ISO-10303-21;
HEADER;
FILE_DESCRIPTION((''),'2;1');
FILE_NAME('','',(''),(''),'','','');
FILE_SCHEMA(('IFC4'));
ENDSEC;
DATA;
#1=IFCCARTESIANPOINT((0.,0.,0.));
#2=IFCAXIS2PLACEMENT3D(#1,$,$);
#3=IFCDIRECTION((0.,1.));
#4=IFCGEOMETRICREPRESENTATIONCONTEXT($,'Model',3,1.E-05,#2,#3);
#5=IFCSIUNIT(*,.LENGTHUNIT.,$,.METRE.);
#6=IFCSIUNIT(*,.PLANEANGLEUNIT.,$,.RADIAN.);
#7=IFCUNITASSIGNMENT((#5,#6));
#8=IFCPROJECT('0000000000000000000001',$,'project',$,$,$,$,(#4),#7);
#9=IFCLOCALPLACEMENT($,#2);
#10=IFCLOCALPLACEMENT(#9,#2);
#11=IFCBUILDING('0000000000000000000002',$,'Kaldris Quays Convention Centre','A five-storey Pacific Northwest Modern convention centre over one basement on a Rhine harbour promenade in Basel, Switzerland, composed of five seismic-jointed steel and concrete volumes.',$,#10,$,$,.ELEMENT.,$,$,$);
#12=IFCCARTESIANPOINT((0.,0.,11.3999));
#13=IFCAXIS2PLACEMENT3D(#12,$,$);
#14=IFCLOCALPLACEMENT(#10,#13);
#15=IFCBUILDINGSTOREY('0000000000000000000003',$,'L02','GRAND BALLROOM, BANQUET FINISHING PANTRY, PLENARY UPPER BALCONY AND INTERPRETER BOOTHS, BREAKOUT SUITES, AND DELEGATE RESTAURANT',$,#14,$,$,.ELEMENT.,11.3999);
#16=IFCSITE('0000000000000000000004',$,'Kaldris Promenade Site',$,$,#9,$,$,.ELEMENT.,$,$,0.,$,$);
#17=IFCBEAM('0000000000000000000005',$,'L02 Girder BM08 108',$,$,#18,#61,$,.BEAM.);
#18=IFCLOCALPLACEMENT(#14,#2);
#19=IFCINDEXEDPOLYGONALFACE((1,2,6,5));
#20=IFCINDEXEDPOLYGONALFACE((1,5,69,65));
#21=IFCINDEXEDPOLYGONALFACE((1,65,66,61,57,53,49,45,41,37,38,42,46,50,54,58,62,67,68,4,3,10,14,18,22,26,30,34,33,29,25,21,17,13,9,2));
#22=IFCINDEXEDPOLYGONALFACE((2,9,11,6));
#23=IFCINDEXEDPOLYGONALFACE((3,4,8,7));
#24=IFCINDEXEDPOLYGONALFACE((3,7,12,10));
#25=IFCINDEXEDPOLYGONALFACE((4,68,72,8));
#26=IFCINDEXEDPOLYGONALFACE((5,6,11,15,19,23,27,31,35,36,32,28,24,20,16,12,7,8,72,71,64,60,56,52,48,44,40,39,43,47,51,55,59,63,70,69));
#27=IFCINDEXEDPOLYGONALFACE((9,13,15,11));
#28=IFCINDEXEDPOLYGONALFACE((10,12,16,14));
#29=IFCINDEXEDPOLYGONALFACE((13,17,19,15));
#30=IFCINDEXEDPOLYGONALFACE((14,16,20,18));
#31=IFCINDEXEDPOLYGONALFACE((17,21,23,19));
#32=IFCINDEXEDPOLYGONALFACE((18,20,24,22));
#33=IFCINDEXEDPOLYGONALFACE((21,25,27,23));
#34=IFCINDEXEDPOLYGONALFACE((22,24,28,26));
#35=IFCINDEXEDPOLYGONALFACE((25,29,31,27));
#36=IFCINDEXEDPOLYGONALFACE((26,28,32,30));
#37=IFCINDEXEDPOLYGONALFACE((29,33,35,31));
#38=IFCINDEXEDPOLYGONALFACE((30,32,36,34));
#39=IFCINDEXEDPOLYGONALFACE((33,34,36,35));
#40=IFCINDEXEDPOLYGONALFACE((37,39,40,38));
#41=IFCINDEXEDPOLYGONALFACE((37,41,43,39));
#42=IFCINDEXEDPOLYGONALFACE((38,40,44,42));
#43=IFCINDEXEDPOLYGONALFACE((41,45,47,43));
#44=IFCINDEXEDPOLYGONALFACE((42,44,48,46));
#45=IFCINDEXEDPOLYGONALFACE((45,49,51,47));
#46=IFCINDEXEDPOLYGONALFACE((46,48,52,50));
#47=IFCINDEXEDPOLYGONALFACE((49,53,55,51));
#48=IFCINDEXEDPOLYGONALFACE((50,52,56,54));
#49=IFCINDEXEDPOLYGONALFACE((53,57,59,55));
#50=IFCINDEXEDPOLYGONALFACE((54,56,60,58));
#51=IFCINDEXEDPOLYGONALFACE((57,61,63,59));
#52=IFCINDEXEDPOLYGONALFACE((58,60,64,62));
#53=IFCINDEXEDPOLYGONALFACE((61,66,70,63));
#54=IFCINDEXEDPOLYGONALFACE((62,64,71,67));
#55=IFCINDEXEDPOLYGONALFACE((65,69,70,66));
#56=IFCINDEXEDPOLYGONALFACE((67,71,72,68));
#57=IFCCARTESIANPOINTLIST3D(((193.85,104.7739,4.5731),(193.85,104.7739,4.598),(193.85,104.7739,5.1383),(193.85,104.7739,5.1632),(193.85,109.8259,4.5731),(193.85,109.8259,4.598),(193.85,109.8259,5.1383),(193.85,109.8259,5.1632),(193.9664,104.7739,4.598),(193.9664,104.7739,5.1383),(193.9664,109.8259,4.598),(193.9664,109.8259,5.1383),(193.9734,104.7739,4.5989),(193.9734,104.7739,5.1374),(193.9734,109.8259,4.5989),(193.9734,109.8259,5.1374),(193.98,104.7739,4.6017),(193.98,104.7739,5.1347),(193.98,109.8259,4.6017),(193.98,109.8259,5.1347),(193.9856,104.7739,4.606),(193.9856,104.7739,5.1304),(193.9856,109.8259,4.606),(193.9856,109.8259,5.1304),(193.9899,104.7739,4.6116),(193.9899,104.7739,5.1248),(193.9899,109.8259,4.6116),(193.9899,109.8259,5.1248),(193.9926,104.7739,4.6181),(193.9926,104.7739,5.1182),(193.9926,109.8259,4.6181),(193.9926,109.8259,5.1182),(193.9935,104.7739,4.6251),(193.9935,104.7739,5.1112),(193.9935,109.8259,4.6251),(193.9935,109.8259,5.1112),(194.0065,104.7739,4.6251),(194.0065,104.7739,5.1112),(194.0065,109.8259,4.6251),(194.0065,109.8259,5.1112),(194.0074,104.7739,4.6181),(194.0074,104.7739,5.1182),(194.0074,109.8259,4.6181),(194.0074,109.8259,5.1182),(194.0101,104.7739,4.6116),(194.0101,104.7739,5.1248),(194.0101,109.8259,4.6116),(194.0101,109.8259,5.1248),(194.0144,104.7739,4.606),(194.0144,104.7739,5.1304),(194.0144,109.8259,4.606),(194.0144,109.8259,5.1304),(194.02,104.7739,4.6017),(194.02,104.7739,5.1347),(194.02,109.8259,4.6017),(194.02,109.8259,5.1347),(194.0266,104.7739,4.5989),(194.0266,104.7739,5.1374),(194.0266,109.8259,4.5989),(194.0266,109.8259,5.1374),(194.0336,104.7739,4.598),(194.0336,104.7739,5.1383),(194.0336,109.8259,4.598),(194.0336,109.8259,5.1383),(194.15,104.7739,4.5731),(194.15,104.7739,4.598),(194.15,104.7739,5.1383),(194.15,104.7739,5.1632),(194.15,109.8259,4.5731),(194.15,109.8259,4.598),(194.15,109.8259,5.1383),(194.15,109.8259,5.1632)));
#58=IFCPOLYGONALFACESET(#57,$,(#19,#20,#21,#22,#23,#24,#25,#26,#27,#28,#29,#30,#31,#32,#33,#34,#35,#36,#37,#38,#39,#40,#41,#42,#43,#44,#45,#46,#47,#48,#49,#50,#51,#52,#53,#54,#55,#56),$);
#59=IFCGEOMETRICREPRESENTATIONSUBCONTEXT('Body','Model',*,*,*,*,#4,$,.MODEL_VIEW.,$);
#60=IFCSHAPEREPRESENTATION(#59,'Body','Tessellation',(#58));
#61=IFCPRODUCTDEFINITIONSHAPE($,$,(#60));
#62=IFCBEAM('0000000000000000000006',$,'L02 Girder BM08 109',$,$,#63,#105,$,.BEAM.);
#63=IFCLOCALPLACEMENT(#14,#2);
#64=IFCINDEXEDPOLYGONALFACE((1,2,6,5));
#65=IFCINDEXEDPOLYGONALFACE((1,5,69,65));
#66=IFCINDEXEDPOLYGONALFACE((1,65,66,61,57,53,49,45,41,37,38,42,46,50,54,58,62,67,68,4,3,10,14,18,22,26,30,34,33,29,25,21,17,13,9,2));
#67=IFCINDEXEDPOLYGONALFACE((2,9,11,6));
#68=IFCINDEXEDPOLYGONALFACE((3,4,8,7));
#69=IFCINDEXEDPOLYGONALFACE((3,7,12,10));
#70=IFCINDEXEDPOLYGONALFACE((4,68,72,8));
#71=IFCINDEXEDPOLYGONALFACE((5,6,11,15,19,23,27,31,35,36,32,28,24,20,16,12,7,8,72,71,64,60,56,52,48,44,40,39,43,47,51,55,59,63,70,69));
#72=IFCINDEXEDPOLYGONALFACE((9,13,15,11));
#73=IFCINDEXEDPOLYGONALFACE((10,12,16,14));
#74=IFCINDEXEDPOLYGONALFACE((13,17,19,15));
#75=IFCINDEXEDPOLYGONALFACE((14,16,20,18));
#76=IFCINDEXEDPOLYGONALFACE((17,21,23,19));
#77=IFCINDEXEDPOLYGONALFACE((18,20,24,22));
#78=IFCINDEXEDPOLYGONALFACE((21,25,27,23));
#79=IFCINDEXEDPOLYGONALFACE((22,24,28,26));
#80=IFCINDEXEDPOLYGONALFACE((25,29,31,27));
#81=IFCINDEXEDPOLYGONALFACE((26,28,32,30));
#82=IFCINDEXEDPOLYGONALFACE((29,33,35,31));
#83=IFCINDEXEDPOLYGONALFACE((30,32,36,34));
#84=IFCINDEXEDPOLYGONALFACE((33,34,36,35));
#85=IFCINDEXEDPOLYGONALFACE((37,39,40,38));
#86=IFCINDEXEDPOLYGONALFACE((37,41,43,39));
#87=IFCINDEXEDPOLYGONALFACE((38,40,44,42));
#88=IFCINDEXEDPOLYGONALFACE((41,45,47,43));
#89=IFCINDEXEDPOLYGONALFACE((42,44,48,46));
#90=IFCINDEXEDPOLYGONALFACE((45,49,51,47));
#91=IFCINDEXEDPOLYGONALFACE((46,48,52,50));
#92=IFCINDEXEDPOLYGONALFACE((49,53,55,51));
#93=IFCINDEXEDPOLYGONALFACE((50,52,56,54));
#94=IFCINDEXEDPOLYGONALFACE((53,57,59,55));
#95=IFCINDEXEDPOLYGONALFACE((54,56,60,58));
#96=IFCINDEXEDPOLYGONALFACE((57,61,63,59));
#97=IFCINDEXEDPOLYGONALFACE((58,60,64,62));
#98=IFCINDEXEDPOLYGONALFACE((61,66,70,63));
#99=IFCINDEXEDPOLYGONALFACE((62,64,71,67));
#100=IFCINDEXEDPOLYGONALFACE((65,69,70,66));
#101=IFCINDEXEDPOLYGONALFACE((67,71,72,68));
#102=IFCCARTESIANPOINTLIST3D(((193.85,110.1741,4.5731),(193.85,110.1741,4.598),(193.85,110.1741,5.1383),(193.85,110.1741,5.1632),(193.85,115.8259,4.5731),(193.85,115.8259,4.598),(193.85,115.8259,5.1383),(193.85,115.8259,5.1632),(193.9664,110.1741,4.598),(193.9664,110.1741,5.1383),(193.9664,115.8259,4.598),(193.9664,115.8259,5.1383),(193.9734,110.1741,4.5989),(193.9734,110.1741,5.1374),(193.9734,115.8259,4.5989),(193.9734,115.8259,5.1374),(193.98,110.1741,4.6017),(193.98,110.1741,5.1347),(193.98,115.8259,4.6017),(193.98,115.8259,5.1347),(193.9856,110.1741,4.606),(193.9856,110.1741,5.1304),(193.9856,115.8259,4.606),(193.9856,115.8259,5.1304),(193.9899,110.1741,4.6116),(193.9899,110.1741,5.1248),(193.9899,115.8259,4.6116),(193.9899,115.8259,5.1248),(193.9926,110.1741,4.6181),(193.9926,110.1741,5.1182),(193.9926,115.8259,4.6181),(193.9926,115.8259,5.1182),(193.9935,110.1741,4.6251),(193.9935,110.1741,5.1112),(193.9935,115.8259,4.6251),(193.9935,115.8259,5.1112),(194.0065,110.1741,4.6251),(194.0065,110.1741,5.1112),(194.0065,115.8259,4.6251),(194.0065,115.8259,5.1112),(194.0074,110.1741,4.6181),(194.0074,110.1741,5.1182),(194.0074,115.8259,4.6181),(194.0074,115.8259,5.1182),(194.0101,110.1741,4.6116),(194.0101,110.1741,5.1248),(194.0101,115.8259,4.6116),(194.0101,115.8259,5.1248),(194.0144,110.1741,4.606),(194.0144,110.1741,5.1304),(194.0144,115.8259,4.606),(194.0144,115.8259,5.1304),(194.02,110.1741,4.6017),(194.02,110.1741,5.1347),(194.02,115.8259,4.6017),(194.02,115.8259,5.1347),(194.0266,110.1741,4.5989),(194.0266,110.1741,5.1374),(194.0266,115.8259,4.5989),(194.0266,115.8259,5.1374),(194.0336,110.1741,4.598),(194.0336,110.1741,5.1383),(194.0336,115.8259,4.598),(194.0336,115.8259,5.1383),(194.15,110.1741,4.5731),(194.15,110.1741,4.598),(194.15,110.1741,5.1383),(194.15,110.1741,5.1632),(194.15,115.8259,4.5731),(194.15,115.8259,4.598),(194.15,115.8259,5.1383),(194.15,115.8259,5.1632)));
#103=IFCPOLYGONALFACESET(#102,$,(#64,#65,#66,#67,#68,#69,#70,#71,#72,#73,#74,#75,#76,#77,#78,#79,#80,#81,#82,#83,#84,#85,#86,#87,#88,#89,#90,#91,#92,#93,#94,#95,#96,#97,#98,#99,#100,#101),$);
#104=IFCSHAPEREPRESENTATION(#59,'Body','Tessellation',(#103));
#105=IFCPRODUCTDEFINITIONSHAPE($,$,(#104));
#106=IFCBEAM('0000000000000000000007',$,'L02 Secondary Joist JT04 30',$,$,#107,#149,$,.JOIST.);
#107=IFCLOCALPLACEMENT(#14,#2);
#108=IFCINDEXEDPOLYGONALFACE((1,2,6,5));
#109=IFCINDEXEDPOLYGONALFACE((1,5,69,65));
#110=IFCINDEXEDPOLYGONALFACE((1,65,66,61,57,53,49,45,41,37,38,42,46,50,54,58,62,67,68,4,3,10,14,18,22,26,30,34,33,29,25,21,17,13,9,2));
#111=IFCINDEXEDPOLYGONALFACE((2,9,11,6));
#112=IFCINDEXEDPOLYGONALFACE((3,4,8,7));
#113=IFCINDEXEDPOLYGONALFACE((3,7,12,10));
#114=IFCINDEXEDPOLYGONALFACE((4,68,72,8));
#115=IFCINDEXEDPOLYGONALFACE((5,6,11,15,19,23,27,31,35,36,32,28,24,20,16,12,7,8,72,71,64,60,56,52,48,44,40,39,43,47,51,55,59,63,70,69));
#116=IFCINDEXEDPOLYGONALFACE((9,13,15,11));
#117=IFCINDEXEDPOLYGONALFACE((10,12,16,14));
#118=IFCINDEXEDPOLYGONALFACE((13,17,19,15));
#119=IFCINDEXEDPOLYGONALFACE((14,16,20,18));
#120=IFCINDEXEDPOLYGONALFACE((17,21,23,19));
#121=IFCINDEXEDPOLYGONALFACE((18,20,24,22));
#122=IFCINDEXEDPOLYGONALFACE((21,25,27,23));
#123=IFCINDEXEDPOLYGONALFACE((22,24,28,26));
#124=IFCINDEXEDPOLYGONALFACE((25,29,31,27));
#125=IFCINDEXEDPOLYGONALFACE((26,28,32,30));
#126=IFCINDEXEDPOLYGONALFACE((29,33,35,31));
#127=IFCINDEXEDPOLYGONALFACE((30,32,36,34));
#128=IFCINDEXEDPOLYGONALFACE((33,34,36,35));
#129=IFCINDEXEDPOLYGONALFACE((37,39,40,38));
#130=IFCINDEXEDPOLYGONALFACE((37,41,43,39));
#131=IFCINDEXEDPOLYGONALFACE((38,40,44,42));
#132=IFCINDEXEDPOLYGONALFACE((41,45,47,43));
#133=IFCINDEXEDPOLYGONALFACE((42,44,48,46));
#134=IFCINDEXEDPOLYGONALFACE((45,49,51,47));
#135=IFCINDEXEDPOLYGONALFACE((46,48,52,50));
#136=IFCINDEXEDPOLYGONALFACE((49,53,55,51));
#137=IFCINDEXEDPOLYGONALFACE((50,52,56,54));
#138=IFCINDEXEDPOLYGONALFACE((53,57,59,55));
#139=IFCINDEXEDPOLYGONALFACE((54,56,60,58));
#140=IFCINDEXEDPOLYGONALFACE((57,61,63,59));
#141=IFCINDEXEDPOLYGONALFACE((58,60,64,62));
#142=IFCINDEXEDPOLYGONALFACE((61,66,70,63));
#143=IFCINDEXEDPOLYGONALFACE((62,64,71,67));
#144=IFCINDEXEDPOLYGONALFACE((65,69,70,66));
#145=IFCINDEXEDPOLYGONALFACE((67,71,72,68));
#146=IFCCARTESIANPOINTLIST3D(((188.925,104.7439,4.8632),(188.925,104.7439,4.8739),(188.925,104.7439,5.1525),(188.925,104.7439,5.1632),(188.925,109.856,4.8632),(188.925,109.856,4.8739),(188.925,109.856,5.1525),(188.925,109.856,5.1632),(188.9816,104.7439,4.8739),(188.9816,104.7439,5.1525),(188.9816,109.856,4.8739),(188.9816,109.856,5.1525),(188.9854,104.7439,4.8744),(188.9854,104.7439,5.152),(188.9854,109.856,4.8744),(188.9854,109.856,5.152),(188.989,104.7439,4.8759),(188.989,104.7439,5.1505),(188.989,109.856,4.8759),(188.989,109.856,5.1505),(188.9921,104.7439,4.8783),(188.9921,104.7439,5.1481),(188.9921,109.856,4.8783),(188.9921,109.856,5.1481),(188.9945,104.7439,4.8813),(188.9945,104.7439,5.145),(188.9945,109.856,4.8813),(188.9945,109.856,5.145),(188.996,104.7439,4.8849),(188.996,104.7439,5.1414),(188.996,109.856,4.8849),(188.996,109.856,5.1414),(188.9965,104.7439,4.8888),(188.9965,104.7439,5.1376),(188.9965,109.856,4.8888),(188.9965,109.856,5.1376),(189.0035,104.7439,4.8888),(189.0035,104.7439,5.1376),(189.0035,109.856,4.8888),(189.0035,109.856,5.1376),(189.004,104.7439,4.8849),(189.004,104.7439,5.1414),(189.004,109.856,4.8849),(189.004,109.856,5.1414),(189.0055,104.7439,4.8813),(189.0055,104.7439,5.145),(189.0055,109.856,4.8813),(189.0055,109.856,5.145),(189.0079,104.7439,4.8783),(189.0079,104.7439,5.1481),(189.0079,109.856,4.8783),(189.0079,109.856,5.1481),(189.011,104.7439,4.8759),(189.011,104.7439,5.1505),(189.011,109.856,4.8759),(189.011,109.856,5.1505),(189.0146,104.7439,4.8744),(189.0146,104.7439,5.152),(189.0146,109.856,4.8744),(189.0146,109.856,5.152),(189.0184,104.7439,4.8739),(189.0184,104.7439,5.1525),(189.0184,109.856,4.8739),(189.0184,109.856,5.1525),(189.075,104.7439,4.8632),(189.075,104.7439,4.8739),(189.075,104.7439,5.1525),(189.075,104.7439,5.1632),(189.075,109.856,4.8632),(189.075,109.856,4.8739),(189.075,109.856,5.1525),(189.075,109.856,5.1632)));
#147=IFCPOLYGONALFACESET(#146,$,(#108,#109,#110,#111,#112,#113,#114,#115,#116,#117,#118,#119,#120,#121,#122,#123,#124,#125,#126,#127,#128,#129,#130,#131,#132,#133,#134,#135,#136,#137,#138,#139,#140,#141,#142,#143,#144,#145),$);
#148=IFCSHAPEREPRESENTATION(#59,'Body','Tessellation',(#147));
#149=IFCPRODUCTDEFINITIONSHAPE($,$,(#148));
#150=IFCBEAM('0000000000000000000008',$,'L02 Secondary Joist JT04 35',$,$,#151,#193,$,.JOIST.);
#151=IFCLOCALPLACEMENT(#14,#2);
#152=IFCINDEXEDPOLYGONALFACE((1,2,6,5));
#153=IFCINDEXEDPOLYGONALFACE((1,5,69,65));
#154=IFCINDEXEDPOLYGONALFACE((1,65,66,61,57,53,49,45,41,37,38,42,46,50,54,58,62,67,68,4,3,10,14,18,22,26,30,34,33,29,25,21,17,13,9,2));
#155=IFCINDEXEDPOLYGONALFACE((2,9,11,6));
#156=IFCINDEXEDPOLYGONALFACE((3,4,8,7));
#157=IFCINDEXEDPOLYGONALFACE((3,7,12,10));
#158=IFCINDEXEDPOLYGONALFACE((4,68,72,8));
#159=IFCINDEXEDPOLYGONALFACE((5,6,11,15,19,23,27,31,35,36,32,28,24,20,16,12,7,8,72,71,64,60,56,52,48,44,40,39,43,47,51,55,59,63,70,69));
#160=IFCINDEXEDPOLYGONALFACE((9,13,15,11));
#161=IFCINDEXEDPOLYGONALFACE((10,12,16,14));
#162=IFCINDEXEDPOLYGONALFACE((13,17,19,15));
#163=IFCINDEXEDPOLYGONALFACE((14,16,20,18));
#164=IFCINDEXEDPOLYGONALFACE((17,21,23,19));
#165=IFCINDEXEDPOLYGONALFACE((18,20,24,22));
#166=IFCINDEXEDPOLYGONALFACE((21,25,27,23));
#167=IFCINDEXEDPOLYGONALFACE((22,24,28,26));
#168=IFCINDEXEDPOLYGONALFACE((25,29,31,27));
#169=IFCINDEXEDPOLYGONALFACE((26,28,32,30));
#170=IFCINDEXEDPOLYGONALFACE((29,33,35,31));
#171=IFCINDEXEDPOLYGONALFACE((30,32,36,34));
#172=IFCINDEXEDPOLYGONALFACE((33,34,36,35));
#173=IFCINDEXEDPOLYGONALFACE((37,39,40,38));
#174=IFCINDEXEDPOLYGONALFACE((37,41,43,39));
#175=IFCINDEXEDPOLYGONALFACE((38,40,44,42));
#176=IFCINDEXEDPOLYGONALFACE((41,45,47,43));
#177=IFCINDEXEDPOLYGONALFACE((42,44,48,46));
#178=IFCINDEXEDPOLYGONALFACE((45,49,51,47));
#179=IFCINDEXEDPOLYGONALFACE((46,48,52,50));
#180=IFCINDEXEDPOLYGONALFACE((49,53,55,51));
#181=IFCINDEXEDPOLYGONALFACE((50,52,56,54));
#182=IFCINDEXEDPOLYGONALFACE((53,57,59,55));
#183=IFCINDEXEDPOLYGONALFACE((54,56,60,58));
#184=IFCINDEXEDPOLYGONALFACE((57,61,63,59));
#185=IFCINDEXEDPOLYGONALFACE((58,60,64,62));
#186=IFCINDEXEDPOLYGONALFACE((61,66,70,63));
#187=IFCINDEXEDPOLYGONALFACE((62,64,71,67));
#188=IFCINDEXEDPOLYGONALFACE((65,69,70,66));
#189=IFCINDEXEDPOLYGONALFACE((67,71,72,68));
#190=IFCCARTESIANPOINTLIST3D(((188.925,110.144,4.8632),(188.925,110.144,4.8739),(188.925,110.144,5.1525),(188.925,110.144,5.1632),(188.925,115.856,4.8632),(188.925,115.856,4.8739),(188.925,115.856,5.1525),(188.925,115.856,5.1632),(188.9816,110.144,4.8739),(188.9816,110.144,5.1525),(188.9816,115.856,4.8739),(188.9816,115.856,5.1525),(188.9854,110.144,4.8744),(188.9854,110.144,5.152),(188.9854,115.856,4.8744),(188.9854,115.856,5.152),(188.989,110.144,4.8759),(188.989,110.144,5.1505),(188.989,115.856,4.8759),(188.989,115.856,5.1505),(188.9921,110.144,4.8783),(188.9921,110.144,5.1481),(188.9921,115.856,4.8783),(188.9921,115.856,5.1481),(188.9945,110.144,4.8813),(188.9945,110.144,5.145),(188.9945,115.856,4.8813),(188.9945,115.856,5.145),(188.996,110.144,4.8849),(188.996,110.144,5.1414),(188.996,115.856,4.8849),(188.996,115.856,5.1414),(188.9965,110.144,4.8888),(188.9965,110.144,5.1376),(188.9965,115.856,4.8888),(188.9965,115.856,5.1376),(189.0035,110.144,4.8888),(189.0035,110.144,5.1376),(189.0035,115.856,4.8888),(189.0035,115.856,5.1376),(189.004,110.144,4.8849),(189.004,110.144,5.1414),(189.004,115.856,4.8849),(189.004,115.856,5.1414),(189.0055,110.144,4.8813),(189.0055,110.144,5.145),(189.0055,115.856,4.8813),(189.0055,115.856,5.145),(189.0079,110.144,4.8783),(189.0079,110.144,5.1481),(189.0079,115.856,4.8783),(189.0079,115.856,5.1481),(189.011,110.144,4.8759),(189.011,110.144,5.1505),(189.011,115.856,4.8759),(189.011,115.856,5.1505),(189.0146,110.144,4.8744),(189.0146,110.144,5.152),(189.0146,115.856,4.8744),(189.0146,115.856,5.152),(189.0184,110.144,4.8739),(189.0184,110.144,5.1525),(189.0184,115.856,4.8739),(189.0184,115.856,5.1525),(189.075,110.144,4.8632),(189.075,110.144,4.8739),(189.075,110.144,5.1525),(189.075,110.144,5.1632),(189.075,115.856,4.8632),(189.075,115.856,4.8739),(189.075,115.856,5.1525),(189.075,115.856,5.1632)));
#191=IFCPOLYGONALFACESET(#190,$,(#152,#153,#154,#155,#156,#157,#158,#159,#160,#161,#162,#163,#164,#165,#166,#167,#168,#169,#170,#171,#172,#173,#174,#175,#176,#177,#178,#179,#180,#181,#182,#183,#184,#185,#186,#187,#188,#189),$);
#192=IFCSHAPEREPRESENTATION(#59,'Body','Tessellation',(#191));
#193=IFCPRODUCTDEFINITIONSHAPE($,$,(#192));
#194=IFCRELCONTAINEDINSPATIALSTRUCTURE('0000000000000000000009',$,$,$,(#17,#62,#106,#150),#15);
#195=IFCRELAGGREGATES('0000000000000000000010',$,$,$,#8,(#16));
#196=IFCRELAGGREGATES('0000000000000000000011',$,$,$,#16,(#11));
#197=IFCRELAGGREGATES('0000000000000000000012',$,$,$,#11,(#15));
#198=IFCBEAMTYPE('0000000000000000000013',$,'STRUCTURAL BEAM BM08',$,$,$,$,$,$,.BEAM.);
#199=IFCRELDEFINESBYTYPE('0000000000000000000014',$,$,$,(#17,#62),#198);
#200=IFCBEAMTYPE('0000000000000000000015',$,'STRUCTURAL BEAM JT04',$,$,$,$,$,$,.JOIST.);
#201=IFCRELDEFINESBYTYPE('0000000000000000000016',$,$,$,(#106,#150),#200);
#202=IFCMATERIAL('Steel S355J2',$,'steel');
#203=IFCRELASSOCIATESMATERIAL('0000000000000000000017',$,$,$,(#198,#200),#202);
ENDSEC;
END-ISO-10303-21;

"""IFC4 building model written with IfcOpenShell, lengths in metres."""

from ifc_helpers import new_model, si_unit, direction, frame, origin, origin_2d, place, context, subcontext, project, spatial, i_section, extrude, material, material_profile, profile_set, type_object, element, save


model = new_model("IFC4")

# Units and contexts
model_context = context("Model", 3, precision=1e-05, world=origin(), true_north=direction((0.0, 1.0)))
body_context = subcontext(model_context, "Body", "Model", "MODEL_VIEW")
ifc_project = project(units=[si_unit("LENGTHUNIT", "METRE"), si_unit("PLANEANGLEUNIT", "RADIAN")], contexts=[model_context])

# Site, building, storey
site_placement = place(None, origin())
site = spatial("IfcSite", under=ifc_project, at=site_placement, Name="Kaldris Promenade Site", CompositionType="ELEMENT", RefElevation=0.0)
building_placement = place(site_placement, origin())
building = spatial("IfcBuilding", under=site, at=building_placement, Name="Kaldris Quays Convention Centre", Description="A five-storey Pacific Northwest Modern convention centre over one basement on a Rhine harbour promenade in Basel, Switzerland, composed of five seismic-jointed steel and concrete volumes.", CompositionType="ELEMENT")
storey_placement = place(building_placement, frame((0.0, 0.0, 11.3999)))
storey = spatial("IfcBuildingStorey", under=building, at=storey_placement, Name="L02", Description="GRAND BALLROOM, BANQUET FINISHING PANTRY, PLENARY UPPER BALCONY AND INTERPRETER BOOTHS, BREAKOUT SUITES, AND DELEGATE RESTAURANT", CompositionType="ELEMENT", Elevation=11.3999)

# Shared definitions
ifc_material_1 = material(Name="Steel S355J2", Category="steel")

# Beams
ifc_material_profile_1 = material_profile(ifc_material_1, i_section(OverallWidth=0.3, OverallDepth=0.5901, WebThickness=0.0129, FlangeThickness=0.0249, FilletRadius=0.0271, at=origin_2d()), Name="HEA 600")
ifc_profile_set_1 = profile_set([ifc_material_profile_1], Name="Steel S355J2")
beam_type_1 = type_object("IfcBeamType", Name="STRUCTURAL BEAM BM08", PredefinedType="BEAM", material=ifc_profile_set_1)
beam_1_placement = place(storey_placement, frame((194.0, 104.7739, 4.8682), z_axis=(0.0, 1.0, 0.0), x_axis=(-1.0, 0.0, 0.0)))
element("IfcBeam", 1, at=beam_1_placement, inside=storey, type_object=beam_type_1, Name="L02 Girder BM08 108", PredefinedType="BEAM", context=body_context, shape_type="SweptSolid", body=[
    extrude(i_section(OverallWidth=0.3, OverallDepth=0.5901, WebThickness=0.0129, FlangeThickness=0.0249, FilletRadius=0.0271, at=origin_2d()), origin(), (0.0, 0.0, 1.0), 5.052),
])
beam_2_placement = place(storey_placement, frame((194.0, 110.1741, 4.8682), z_axis=(0.0, 1.0, 0.0), x_axis=(-1.0, 0.0, 0.0)))
element("IfcBeam", 2, at=beam_2_placement, inside=storey, type_object=beam_type_1, Name="L02 Girder BM08 109", PredefinedType="BEAM", context=body_context, shape_type="SweptSolid", body=[
    extrude(i_section(OverallWidth=0.3, OverallDepth=0.5901, WebThickness=0.0129, FlangeThickness=0.0249, FilletRadius=0.0271, at=origin_2d()), origin(), (0.0, 0.0, 1.0), 5.6519),
])
ifc_material_profile_2 = material_profile(ifc_material_1, i_section(OverallWidth=0.1499, OverallDepth=0.3, WebThickness=0.0071, FlangeThickness=0.0107, FilletRadius=0.0149, at=origin_2d()), Name="IPE 300")
ifc_profile_set_2 = profile_set([ifc_material_profile_2], Name="Steel S355J2")
beam_type_2 = type_object("IfcBeamType", Name="STRUCTURAL BEAM JT04", PredefinedType="JOIST", material=ifc_profile_set_2)
beam_3_placement = place(storey_placement, frame((189.0, 104.7439, 5.0132), z_axis=(0.0, 1.0, 0.0), x_axis=(-1.0, 0.0, 0.0)))
element("IfcBeam", 3, at=beam_3_placement, inside=storey, type_object=beam_type_2, Name="L02 Secondary Joist JT04 30", PredefinedType="JOIST", context=body_context, shape_type="SweptSolid", body=[
    extrude(i_section(OverallWidth=0.1499, OverallDepth=0.3, WebThickness=0.0071, FlangeThickness=0.0107, FilletRadius=0.0149, at=origin_2d()), origin(), (0.0, 0.0, 1.0), 5.1121),
])
beam_4_placement = place(storey_placement, frame((189.0, 110.144, 5.0132), z_axis=(0.0, 1.0, 0.0), x_axis=(-1.0, 0.0, 0.0)))
element("IfcBeam", 4, at=beam_4_placement, inside=storey, type_object=beam_type_2, Name="L02 Secondary Joist JT04 35", PredefinedType="JOIST", context=body_context, shape_type="SweptSolid", body=[
    extrude(i_section(OverallWidth=0.1499, OverallDepth=0.3, WebThickness=0.0071, FlangeThickness=0.0107, FilletRadius=0.0149, at=origin_2d()), origin(), (0.0, 0.0, 1.0), 5.7119),
])

save(model, "model.ifc")
